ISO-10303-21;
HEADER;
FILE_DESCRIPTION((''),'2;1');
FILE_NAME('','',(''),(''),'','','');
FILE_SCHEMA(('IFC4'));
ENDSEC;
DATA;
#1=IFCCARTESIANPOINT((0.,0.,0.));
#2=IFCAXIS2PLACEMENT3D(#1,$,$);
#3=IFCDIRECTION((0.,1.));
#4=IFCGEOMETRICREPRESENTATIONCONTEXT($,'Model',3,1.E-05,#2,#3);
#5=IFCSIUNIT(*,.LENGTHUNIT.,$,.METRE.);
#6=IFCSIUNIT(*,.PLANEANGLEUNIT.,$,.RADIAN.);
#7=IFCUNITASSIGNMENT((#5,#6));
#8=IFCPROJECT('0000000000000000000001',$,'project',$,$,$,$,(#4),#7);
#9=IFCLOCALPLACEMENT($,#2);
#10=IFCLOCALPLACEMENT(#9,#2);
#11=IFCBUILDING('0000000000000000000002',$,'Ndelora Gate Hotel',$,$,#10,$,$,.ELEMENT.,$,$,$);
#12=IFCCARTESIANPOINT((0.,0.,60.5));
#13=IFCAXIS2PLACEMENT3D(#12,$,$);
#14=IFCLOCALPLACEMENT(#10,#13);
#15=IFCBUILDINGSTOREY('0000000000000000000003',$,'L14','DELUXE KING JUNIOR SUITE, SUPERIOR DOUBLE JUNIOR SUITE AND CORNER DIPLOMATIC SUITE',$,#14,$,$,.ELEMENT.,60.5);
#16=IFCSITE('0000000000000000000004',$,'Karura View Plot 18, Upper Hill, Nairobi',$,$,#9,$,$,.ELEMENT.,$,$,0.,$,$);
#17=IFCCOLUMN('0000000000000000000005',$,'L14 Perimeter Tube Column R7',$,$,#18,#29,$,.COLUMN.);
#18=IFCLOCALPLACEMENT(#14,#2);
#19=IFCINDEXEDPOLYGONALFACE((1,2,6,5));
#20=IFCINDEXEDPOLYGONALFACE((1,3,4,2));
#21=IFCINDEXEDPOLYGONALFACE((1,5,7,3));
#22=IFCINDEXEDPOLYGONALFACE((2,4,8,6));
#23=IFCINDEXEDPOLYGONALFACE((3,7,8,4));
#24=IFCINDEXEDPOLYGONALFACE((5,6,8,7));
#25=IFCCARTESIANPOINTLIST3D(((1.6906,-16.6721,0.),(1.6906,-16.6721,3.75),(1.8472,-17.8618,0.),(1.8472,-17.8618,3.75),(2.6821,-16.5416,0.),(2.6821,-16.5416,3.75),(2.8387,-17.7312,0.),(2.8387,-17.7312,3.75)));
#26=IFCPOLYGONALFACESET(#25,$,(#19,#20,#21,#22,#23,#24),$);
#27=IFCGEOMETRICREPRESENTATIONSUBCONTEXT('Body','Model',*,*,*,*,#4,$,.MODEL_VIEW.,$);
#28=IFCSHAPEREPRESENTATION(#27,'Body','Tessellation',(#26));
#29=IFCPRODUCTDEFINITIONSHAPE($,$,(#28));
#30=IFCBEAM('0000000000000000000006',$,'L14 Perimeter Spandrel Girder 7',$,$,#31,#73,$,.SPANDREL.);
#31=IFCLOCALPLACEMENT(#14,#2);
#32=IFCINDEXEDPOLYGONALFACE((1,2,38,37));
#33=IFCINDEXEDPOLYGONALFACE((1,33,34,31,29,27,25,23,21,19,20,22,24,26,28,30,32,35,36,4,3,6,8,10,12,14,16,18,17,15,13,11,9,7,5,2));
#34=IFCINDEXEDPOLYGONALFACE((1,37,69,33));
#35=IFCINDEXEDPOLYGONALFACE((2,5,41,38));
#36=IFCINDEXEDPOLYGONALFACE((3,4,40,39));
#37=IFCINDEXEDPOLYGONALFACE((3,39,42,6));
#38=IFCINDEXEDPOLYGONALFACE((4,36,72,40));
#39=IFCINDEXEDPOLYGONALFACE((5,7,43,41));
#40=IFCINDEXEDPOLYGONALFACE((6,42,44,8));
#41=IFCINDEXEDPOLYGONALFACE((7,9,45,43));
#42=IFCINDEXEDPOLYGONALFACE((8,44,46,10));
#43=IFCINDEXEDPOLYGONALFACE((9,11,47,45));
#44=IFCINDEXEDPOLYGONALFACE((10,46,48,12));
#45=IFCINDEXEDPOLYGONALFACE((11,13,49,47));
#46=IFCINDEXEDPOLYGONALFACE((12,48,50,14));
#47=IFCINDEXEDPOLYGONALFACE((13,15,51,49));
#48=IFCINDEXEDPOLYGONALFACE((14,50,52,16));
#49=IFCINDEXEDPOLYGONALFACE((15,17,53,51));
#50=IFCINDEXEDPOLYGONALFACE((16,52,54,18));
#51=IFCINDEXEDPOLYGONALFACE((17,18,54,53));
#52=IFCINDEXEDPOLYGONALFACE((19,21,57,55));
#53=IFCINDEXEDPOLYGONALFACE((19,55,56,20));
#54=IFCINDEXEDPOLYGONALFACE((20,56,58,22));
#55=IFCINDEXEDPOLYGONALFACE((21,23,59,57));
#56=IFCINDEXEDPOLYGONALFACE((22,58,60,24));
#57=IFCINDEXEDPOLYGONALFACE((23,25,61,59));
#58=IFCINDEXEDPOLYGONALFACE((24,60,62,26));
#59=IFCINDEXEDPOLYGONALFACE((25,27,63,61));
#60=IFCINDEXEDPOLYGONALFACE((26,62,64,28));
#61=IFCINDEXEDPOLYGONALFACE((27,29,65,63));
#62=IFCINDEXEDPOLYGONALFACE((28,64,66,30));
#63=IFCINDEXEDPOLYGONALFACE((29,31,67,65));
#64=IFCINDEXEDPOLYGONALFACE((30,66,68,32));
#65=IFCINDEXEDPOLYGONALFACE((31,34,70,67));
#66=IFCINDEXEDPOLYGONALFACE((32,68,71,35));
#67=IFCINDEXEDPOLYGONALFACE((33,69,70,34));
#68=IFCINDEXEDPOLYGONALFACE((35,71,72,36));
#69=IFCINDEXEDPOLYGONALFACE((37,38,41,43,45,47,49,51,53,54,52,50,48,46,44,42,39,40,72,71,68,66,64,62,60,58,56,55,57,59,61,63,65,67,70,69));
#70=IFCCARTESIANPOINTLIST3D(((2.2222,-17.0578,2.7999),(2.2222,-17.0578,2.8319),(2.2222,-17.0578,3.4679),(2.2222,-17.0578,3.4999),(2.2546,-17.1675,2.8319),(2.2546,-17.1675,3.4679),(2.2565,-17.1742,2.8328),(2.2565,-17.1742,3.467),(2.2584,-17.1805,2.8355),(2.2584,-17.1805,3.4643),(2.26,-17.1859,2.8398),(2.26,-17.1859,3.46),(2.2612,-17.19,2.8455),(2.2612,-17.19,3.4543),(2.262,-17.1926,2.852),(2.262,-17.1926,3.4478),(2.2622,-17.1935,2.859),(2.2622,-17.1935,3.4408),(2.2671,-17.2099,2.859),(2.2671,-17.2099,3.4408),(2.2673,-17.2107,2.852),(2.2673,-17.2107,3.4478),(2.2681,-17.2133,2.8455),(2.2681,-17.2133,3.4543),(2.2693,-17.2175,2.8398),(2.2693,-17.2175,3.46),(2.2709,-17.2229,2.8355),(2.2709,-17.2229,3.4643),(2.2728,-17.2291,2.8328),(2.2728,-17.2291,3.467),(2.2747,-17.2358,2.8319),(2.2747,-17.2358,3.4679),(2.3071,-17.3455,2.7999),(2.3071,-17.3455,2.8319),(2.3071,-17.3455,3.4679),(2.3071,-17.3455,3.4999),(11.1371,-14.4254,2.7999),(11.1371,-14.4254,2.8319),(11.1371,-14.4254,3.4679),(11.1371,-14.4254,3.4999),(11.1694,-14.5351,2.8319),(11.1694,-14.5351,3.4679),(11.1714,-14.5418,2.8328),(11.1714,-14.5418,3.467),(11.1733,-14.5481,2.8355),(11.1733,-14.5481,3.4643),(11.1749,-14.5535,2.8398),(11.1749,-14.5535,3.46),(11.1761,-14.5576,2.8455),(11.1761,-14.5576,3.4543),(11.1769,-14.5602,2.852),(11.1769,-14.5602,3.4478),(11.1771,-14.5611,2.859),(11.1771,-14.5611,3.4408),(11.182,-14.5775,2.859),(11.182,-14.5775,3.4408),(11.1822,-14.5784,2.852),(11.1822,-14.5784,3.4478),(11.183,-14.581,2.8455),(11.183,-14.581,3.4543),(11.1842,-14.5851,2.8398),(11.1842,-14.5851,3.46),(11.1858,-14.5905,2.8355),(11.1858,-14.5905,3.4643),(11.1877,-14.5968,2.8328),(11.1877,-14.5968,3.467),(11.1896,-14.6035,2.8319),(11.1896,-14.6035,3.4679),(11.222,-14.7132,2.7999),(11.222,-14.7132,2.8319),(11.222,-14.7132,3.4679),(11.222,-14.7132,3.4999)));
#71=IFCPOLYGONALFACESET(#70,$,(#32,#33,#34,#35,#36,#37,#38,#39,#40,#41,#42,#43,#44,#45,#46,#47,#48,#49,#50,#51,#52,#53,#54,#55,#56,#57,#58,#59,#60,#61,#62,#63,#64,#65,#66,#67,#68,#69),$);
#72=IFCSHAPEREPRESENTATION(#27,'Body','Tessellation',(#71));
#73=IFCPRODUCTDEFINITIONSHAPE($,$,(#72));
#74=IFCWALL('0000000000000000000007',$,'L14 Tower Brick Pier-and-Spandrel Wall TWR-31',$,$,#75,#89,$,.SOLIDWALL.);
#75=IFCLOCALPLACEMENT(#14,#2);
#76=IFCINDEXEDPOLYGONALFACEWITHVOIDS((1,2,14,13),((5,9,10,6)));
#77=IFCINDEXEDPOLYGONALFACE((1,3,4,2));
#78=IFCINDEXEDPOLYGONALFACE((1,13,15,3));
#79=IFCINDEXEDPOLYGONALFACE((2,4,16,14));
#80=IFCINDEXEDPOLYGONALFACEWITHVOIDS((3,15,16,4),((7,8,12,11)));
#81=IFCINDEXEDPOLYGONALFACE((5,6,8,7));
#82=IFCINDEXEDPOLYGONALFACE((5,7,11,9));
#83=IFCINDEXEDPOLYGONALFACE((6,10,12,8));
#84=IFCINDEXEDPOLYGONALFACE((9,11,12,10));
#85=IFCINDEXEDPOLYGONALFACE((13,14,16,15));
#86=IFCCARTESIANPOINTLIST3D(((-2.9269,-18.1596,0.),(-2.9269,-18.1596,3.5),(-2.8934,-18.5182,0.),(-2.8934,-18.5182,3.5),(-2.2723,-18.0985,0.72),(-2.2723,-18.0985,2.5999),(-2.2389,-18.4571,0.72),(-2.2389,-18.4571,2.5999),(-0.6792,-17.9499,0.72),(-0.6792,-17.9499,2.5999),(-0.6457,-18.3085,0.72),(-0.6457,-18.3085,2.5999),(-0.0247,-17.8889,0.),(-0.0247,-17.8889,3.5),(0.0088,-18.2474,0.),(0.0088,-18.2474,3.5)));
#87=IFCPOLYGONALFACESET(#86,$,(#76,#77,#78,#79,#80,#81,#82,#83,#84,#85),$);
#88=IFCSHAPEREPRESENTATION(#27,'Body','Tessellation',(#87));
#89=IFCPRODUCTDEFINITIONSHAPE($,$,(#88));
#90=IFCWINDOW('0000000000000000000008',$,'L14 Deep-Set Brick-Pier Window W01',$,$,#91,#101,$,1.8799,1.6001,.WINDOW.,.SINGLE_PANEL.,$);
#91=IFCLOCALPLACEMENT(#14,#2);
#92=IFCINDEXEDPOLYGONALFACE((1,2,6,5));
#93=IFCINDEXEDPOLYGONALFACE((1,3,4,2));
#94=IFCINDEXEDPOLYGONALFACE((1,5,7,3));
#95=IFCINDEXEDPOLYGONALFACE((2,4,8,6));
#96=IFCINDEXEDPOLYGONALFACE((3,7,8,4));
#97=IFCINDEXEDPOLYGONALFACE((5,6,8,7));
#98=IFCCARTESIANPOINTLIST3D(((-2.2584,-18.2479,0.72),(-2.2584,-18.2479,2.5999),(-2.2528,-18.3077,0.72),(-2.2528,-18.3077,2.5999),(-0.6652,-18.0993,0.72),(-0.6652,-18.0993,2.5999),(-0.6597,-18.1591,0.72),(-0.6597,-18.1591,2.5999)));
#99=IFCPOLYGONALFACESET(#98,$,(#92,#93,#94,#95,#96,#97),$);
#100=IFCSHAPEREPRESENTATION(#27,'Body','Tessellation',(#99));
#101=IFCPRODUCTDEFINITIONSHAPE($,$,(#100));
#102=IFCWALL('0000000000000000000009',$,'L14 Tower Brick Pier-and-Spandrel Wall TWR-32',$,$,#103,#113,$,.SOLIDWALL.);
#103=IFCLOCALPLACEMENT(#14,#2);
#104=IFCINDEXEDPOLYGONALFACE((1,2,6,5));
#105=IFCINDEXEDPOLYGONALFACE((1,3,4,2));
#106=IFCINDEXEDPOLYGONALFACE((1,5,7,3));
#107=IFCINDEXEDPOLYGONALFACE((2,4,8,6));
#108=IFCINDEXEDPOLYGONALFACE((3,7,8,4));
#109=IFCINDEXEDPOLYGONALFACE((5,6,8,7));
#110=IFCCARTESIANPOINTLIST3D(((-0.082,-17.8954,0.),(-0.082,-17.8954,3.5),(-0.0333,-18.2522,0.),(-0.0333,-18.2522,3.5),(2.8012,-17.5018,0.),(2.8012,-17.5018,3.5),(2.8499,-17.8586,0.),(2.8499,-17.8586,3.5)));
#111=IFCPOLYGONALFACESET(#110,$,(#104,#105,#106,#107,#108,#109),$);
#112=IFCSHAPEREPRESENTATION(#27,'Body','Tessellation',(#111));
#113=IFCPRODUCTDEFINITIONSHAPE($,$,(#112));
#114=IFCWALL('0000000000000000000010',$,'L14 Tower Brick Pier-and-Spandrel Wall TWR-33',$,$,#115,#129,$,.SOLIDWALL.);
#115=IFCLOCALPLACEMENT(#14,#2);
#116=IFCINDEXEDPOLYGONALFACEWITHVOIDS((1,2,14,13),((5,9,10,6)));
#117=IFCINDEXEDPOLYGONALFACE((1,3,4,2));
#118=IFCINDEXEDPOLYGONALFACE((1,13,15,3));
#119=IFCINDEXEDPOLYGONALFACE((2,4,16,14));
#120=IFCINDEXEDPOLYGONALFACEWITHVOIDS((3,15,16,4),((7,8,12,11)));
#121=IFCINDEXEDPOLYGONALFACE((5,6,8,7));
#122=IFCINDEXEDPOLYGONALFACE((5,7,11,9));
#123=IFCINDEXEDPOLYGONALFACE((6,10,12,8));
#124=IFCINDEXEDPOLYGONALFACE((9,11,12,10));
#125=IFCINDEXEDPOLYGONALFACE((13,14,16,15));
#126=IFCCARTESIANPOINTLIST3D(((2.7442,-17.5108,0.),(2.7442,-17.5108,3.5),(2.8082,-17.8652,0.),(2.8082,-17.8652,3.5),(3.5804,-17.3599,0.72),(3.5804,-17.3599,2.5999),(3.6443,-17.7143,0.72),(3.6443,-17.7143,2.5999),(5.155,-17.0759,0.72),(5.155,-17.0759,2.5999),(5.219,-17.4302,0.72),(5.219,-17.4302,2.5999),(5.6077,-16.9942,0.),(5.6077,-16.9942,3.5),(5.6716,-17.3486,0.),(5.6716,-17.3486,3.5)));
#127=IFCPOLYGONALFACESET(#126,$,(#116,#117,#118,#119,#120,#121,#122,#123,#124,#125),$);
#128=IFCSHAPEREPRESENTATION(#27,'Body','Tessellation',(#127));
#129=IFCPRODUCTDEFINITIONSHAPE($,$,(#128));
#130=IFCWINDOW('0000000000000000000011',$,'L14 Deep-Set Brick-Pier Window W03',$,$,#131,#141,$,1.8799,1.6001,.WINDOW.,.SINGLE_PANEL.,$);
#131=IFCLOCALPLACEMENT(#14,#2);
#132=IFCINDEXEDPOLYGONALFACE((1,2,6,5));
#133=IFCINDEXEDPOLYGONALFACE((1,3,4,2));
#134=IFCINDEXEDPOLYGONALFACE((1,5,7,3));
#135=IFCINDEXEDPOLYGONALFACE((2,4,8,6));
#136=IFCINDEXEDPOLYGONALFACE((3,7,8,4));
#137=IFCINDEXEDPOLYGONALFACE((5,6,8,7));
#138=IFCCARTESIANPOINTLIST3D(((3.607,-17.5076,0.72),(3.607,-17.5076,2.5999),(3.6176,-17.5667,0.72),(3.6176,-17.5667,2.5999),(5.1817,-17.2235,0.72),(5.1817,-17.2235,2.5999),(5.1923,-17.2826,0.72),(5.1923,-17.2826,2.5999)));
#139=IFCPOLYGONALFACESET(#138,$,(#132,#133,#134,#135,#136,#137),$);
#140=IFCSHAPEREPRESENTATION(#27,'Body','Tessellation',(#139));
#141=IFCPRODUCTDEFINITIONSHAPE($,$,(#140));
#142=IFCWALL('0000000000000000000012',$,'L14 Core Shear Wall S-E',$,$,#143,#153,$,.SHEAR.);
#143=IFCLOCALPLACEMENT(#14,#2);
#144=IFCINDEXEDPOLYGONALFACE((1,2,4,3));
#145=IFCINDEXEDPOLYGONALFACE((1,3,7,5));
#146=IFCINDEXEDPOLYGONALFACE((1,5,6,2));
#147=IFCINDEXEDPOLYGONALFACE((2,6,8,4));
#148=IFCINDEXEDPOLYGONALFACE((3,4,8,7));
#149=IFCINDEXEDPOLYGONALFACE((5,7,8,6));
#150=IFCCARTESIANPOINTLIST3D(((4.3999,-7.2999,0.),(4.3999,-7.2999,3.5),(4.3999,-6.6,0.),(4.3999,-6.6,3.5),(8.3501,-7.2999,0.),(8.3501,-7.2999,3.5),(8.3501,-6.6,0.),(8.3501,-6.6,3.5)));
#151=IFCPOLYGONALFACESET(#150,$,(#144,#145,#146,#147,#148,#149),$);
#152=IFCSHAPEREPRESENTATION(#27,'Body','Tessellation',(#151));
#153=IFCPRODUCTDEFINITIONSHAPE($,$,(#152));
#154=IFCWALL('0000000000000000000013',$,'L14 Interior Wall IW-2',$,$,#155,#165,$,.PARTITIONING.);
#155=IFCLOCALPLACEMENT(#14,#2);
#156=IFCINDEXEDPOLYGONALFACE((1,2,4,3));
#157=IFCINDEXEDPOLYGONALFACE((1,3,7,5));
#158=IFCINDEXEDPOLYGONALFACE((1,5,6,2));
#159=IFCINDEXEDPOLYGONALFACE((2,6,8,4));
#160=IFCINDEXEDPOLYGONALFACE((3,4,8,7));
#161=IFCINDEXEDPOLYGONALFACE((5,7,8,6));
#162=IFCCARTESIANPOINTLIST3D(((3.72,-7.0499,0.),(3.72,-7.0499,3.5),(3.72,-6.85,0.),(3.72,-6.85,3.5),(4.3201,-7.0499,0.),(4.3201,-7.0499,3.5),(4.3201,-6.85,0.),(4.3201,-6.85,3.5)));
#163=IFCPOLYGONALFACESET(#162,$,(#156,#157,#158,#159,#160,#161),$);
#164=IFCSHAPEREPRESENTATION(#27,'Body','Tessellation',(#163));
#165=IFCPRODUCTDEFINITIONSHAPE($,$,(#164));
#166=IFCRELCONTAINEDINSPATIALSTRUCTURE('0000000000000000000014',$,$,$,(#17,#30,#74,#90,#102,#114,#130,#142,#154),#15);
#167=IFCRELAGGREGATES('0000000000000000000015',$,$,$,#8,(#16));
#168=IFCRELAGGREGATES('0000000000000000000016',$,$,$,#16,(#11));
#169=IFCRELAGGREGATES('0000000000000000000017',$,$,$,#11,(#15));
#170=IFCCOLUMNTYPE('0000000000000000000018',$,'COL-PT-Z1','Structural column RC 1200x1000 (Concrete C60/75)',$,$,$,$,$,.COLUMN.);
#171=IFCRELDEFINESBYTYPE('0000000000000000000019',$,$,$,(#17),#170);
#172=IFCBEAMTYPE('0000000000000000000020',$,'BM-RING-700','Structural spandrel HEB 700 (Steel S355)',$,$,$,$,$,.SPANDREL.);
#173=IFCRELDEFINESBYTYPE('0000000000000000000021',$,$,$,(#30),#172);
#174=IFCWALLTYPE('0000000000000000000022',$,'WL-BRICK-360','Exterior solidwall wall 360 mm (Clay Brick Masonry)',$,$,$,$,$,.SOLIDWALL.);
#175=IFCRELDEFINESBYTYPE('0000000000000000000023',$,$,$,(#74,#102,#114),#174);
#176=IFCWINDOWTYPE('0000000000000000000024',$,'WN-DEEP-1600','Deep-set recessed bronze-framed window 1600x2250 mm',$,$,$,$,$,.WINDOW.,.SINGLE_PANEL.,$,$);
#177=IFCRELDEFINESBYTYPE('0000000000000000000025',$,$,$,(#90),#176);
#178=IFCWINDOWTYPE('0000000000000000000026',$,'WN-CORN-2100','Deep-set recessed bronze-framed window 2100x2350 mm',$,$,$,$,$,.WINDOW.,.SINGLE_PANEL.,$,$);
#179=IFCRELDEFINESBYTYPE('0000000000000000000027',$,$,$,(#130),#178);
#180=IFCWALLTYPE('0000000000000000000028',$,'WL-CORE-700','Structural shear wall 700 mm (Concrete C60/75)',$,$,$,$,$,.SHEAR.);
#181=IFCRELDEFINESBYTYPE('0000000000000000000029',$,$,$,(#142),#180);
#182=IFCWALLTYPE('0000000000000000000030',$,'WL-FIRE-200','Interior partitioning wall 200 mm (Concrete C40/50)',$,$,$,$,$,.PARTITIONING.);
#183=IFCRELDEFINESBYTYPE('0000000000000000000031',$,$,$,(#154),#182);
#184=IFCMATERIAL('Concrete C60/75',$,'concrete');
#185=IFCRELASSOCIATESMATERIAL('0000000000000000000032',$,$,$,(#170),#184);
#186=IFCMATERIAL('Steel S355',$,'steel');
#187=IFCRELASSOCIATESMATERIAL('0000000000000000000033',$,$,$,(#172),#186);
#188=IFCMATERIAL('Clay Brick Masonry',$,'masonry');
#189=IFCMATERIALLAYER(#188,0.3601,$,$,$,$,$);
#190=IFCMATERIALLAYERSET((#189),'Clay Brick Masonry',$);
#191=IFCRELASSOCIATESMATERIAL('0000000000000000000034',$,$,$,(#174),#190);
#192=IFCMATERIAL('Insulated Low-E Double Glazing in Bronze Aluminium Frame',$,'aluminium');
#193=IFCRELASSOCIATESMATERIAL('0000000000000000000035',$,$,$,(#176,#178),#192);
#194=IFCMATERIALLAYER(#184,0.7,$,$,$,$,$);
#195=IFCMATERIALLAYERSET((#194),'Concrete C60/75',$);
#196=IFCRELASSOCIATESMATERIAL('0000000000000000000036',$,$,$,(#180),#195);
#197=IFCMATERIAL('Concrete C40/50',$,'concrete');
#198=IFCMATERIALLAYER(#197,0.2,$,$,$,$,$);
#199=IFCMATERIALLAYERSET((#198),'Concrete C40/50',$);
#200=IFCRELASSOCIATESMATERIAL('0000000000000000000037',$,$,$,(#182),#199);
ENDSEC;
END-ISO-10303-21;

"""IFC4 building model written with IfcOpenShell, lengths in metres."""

from ifc_helpers import new_model, si_unit, direction, frame, frame_2d, origin, origin_2d, place, context, subcontext, project, spatial, rectangle, i_section, extrude, material, layer, layer_set, material_profile, profile_set, type_object, element, fill, save


model = new_model("IFC4")

# Units and contexts
model_context = context("Model", 3, precision=1e-05, world=origin(), true_north=direction((0.0, 1.0)))
body_context = subcontext(model_context, "Body", "Model", "MODEL_VIEW")
ifc_project = project(units=[si_unit("LENGTHUNIT", "METRE"), si_unit("PLANEANGLEUNIT", "RADIAN")], contexts=[model_context])

# Site, building, storey
site_placement = place(None, origin())
site = spatial("IfcSite", under=ifc_project, at=site_placement, Name="Karura View Plot 18, Upper Hill, Nairobi", CompositionType="ELEMENT", RefElevation=0.0)
building_placement = place(site_placement, origin())
building = spatial("IfcBuilding", under=site, at=building_placement, Name="Ndelora Gate Hotel", CompositionType="ELEMENT")
storey_placement = place(building_placement, frame((0.0, 0.0, 60.5)))
storey = spatial("IfcBuildingStorey", under=building, at=storey_placement, Name="L14", Description="DELUXE KING JUNIOR SUITE, SUPERIOR DOUBLE JUNIOR SUITE AND CORNER DIPLOMATIC SUITE", CompositionType="ELEMENT", Elevation=60.5)

# Column
ifc_material_1 = material(Name="Concrete C60/75", Category="concrete")
ifc_material_profile_1 = material_profile(ifc_material_1, rectangle(XDim=1.0, YDim=1.2, at=origin_2d()), Name="RC 1200x1000")
ifc_profile_set_1 = profile_set([ifc_material_profile_1], Name="Concrete C60/75")
column_type = type_object("IfcColumnType", Name="COL-PT-Z1", Description="Structural column RC 1200x1000 (Concrete C60/75)", PredefinedType="COLUMN", material=ifc_profile_set_1)
column_placement = place(storey_placement, frame((2.2646, -17.2017, 0.0), z_axis=(0.0, 0.0, 1.0), x_axis=(0.991445, 0.130526, 0.0)))
element("IfcColumn", 1, at=column_placement, inside=storey, type_object=column_type, Name="L14 Perimeter Tube Column R7", PredefinedType="COLUMN", context=body_context, shape_type="SweptSolid", body=[
    extrude(rectangle(XDim=1.0, YDim=1.2, at=origin_2d()), origin(), (0.0, 0.0, 1.0), 3.75),
])

# Beam
ifc_material_2 = material(Name="Steel S355", Category="steel")
ifc_material_profile_2 = material_profile(ifc_material_2, i_section(OverallWidth=0.3, OverallDepth=0.7, WebThickness=0.0171, FlangeThickness=0.032, FilletRadius=0.0271, at=origin_2d()), Name="HEB 700")
ifc_profile_set_2 = profile_set([ifc_material_profile_2], Name="Steel S355")
beam_type = type_object("IfcBeamType", Name="BM-RING-700", Description="Structural spandrel HEB 700 (Steel S355)", PredefinedType="SPANDREL", material=ifc_profile_set_2)
beam_placement = place(storey_placement, frame((2.2646, -17.2017, 3.1499), z_axis=(0.959064, 0.283189, 0.0), x_axis=(-0.283189, 0.959064, 0.0)))
element("IfcBeam", 2, at=beam_placement, inside=storey, type_object=beam_type, Name="L14 Perimeter Spandrel Girder 7", PredefinedType="SPANDREL", context=body_context, shape_type="SweptSolid", body=[
    extrude(i_section(OverallWidth=0.3, OverallDepth=0.7, WebThickness=0.0171, FlangeThickness=0.032, FilletRadius=0.0271, at=origin_2d()), origin(), (0.0, 0.0, 1.0), 9.2954),
])

# Wall, opening, window
ifc_material_3 = material(Name="Clay Brick Masonry", Category="masonry")
ifc_layer_1 = layer(ifc_material_3, 0.3601)
ifc_layer_set_1 = layer_set([ifc_layer_1], Name="Clay Brick Masonry")
wall_type_1 = type_object("IfcWallType", Name="WL-BRICK-360", Description="Exterior solidwall wall 360 mm (Clay Brick Masonry)", PredefinedType="SOLIDWALL", material=ifc_layer_set_1)
wall_1_placement = place(storey_placement, frame((-0.0078, -18.0681, 0.0), z_axis=(0.0, 0.0, 1.0), x_axis=(-0.995676, -0.092892, 0.0)))
wall_1 = element("IfcWall", 3, at=wall_1_placement, inside=storey, type_object=wall_type_1, Name="L14 Tower Brick Pier-and-Spandrel Wall TWR-31", PredefinedType="SOLIDWALL", context=body_context, shape_type="SweptSolid", body=[
    extrude(rectangle(XDim=2.9148, YDim=0.3601, at=frame_2d((1.4575, 0.0))), origin(), (0.0, 0.0, 1.0), 3.5),
])
opening_1_placement = place(wall_1_placement, frame((0.6575, 0.0, 0.72)))
opening_1 = element("IfcOpeningElement", 4, at=opening_1_placement, cuts=wall_1, PredefinedType="OPENING", context=body_context, shape_type="SweptSolid", body=[
    extrude(rectangle(XDim=1.6001, YDim=1.8799, at=frame_2d((0.8, 0.9399))), frame((0.0, 0.1899, 0.0), z_axis=(0.0, -1.0, 0.0), x_axis=(1.0, 0.0, 0.0)), (0.0, 0.0, 1.0), 0.3801),
])
ifc_material_4 = material(Name="Insulated Low-E Double Glazing in Bronze Aluminium Frame", Category="aluminium")
window_type_1 = type_object("IfcWindowType", Name="WN-DEEP-1600", Description="Deep-set recessed bronze-framed window 1600x2250 mm", PartitioningType="SINGLE_PANEL", PredefinedType="WINDOW", material=ifc_material_4)
window_1_placement = place(opening_1_placement, origin())
window_1 = element("IfcWindow", 5, at=window_1_placement, inside=storey, type_object=window_type_1, Name="L14 Deep-Set Brick-Pier Window W01", OverallHeight=1.8799, OverallWidth=1.6001, PartitioningType="SINGLE_PANEL", PredefinedType="WINDOW", context=body_context, shape_type="SweptSolid", body=[
    extrude(rectangle(XDim=1.6001, YDim=1.8799, at=frame_2d((0.8, 0.9399))), frame((0.0, 0.03, 0.0), z_axis=(0.0, -1.0, 0.0), x_axis=(1.0, 0.0, 0.0)), (0.0, 0.0, 1.0), 0.0601),
])
fill(opening_1, window_1)

# Wall
wall_2_placement = place(storey_placement, frame((2.8257, -17.6802, 0.0), z_axis=(0.0, 0.0, 1.0), x_axis=(-0.990811, -0.135252, 0.0)))
element("IfcWall", 6, at=wall_2_placement, inside=storey, type_object=wall_type_1, Name="L14 Tower Brick Pier-and-Spandrel Wall TWR-32", PredefinedType="SOLIDWALL", context=body_context, shape_type="SweptSolid", body=[
    extrude(rectangle(XDim=2.9099, YDim=0.3601, at=frame_2d((1.4551, 0.0))), origin(), (0.0, 0.0, 1.0), 3.5),
])

# Wall, opening, window
wall_3_placement = place(storey_placement, frame((5.6396, -17.1714, 0.0), z_axis=(0.0, 0.0, 1.0), x_axis=(-0.984113, -0.177541, 0.0)))
wall_3 = element("IfcWall", 7, at=wall_3_placement, inside=storey, type_object=wall_type_1, Name="L14 Tower Brick Pier-and-Spandrel Wall TWR-33", PredefinedType="SOLIDWALL", context=body_context, shape_type="SweptSolid", body=[
    extrude(rectangle(XDim=2.9097, YDim=0.3601, at=frame_2d((1.4548, 0.0))), origin(), (0.0, 0.0, 1.0), 3.5),
])
opening_2_placement = place(wall_3_placement, frame((0.46, 0.0, 0.72)))
opening_2 = element("IfcOpeningElement", 8, at=opening_2_placement, cuts=wall_3, PredefinedType="OPENING", context=body_context, shape_type="SweptSolid", body=[
    extrude(rectangle(XDim=1.6001, YDim=1.8799, at=frame_2d((0.8, 0.9399))), frame((0.0, 0.1899, 0.0), z_axis=(0.0, -1.0, 0.0), x_axis=(1.0, 0.0, 0.0)), (0.0, 0.0, 1.0), 0.3801),
])
window_type_2 = type_object("IfcWindowType", Name="WN-CORN-2100", Description="Deep-set recessed bronze-framed window 2100x2350 mm", PartitioningType="SINGLE_PANEL", PredefinedType="WINDOW", material=ifc_material_4)
window_2_placement = place(opening_2_placement, origin())
window_2 = element("IfcWindow", 9, at=window_2_placement, inside=storey, type_object=window_type_2, Name="L14 Deep-Set Brick-Pier Window W03", OverallHeight=1.8799, OverallWidth=1.6001, PartitioningType="SINGLE_PANEL", PredefinedType="WINDOW", context=body_context, shape_type="SweptSolid", body=[
    extrude(rectangle(XDim=1.6001, YDim=1.8799, at=frame_2d((0.8, 0.9399))), frame((0.0, 0.03, 0.0), z_axis=(0.0, -1.0, 0.0), x_axis=(1.0, 0.0, 0.0)), (0.0, 0.0, 1.0), 0.0601),
])
fill(opening_2, window_2)

# Walls
ifc_layer_2 = layer(ifc_material_1, 0.7)
ifc_layer_set_2 = layer_set([ifc_layer_2], Name="Concrete C60/75")
wall_type_2 = type_object("IfcWallType", Name="WL-CORE-700", Description="Structural shear wall 700 mm (Concrete C60/75)", PredefinedType="SHEAR", material=ifc_layer_set_2)
wall_4_placement = place(storey_placement, frame((4.3999, -6.95, 0.0), z_axis=(0.0, 0.0, 1.0), x_axis=(1.0, 0.0, 0.0)))
element("IfcWall", 10, at=wall_4_placement, inside=storey, type_object=wall_type_2, Name="L14 Core Shear Wall S-E", PredefinedType="SHEAR", context=body_context, shape_type="SweptSolid", body=[
    extrude(rectangle(XDim=3.9502, YDim=0.7, at=frame_2d((1.9751, 0.0))), origin(), (0.0, 0.0, 1.0), 3.5),
])
ifc_material_5 = material(Name="Concrete C40/50", Category="concrete")
ifc_layer_3 = layer(ifc_material_5, 0.2)
ifc_layer_set_3 = layer_set([ifc_layer_3], Name="Concrete C40/50")
wall_type_3 = type_object("IfcWallType", Name="WL-FIRE-200", Description="Interior partitioning wall 200 mm (Concrete C40/50)", PredefinedType="PARTITIONING", material=ifc_layer_set_3)
wall_5_placement = place(storey_placement, frame((3.72, -6.95, 0.0), z_axis=(0.0, 0.0, 1.0), x_axis=(1.0, 0.0, 0.0)))
element("IfcWall", 11, at=wall_5_placement, inside=storey, type_object=wall_type_3, Name="L14 Interior Wall IW-2", PredefinedType="PARTITIONING", context=body_context, shape_type="SweptSolid", body=[
    extrude(rectangle(XDim=0.6001, YDim=0.2, at=frame_2d((0.3, 0.0))), origin(), (0.0, 0.0, 1.0), 3.5),
])

save(model, "model.ifc")
